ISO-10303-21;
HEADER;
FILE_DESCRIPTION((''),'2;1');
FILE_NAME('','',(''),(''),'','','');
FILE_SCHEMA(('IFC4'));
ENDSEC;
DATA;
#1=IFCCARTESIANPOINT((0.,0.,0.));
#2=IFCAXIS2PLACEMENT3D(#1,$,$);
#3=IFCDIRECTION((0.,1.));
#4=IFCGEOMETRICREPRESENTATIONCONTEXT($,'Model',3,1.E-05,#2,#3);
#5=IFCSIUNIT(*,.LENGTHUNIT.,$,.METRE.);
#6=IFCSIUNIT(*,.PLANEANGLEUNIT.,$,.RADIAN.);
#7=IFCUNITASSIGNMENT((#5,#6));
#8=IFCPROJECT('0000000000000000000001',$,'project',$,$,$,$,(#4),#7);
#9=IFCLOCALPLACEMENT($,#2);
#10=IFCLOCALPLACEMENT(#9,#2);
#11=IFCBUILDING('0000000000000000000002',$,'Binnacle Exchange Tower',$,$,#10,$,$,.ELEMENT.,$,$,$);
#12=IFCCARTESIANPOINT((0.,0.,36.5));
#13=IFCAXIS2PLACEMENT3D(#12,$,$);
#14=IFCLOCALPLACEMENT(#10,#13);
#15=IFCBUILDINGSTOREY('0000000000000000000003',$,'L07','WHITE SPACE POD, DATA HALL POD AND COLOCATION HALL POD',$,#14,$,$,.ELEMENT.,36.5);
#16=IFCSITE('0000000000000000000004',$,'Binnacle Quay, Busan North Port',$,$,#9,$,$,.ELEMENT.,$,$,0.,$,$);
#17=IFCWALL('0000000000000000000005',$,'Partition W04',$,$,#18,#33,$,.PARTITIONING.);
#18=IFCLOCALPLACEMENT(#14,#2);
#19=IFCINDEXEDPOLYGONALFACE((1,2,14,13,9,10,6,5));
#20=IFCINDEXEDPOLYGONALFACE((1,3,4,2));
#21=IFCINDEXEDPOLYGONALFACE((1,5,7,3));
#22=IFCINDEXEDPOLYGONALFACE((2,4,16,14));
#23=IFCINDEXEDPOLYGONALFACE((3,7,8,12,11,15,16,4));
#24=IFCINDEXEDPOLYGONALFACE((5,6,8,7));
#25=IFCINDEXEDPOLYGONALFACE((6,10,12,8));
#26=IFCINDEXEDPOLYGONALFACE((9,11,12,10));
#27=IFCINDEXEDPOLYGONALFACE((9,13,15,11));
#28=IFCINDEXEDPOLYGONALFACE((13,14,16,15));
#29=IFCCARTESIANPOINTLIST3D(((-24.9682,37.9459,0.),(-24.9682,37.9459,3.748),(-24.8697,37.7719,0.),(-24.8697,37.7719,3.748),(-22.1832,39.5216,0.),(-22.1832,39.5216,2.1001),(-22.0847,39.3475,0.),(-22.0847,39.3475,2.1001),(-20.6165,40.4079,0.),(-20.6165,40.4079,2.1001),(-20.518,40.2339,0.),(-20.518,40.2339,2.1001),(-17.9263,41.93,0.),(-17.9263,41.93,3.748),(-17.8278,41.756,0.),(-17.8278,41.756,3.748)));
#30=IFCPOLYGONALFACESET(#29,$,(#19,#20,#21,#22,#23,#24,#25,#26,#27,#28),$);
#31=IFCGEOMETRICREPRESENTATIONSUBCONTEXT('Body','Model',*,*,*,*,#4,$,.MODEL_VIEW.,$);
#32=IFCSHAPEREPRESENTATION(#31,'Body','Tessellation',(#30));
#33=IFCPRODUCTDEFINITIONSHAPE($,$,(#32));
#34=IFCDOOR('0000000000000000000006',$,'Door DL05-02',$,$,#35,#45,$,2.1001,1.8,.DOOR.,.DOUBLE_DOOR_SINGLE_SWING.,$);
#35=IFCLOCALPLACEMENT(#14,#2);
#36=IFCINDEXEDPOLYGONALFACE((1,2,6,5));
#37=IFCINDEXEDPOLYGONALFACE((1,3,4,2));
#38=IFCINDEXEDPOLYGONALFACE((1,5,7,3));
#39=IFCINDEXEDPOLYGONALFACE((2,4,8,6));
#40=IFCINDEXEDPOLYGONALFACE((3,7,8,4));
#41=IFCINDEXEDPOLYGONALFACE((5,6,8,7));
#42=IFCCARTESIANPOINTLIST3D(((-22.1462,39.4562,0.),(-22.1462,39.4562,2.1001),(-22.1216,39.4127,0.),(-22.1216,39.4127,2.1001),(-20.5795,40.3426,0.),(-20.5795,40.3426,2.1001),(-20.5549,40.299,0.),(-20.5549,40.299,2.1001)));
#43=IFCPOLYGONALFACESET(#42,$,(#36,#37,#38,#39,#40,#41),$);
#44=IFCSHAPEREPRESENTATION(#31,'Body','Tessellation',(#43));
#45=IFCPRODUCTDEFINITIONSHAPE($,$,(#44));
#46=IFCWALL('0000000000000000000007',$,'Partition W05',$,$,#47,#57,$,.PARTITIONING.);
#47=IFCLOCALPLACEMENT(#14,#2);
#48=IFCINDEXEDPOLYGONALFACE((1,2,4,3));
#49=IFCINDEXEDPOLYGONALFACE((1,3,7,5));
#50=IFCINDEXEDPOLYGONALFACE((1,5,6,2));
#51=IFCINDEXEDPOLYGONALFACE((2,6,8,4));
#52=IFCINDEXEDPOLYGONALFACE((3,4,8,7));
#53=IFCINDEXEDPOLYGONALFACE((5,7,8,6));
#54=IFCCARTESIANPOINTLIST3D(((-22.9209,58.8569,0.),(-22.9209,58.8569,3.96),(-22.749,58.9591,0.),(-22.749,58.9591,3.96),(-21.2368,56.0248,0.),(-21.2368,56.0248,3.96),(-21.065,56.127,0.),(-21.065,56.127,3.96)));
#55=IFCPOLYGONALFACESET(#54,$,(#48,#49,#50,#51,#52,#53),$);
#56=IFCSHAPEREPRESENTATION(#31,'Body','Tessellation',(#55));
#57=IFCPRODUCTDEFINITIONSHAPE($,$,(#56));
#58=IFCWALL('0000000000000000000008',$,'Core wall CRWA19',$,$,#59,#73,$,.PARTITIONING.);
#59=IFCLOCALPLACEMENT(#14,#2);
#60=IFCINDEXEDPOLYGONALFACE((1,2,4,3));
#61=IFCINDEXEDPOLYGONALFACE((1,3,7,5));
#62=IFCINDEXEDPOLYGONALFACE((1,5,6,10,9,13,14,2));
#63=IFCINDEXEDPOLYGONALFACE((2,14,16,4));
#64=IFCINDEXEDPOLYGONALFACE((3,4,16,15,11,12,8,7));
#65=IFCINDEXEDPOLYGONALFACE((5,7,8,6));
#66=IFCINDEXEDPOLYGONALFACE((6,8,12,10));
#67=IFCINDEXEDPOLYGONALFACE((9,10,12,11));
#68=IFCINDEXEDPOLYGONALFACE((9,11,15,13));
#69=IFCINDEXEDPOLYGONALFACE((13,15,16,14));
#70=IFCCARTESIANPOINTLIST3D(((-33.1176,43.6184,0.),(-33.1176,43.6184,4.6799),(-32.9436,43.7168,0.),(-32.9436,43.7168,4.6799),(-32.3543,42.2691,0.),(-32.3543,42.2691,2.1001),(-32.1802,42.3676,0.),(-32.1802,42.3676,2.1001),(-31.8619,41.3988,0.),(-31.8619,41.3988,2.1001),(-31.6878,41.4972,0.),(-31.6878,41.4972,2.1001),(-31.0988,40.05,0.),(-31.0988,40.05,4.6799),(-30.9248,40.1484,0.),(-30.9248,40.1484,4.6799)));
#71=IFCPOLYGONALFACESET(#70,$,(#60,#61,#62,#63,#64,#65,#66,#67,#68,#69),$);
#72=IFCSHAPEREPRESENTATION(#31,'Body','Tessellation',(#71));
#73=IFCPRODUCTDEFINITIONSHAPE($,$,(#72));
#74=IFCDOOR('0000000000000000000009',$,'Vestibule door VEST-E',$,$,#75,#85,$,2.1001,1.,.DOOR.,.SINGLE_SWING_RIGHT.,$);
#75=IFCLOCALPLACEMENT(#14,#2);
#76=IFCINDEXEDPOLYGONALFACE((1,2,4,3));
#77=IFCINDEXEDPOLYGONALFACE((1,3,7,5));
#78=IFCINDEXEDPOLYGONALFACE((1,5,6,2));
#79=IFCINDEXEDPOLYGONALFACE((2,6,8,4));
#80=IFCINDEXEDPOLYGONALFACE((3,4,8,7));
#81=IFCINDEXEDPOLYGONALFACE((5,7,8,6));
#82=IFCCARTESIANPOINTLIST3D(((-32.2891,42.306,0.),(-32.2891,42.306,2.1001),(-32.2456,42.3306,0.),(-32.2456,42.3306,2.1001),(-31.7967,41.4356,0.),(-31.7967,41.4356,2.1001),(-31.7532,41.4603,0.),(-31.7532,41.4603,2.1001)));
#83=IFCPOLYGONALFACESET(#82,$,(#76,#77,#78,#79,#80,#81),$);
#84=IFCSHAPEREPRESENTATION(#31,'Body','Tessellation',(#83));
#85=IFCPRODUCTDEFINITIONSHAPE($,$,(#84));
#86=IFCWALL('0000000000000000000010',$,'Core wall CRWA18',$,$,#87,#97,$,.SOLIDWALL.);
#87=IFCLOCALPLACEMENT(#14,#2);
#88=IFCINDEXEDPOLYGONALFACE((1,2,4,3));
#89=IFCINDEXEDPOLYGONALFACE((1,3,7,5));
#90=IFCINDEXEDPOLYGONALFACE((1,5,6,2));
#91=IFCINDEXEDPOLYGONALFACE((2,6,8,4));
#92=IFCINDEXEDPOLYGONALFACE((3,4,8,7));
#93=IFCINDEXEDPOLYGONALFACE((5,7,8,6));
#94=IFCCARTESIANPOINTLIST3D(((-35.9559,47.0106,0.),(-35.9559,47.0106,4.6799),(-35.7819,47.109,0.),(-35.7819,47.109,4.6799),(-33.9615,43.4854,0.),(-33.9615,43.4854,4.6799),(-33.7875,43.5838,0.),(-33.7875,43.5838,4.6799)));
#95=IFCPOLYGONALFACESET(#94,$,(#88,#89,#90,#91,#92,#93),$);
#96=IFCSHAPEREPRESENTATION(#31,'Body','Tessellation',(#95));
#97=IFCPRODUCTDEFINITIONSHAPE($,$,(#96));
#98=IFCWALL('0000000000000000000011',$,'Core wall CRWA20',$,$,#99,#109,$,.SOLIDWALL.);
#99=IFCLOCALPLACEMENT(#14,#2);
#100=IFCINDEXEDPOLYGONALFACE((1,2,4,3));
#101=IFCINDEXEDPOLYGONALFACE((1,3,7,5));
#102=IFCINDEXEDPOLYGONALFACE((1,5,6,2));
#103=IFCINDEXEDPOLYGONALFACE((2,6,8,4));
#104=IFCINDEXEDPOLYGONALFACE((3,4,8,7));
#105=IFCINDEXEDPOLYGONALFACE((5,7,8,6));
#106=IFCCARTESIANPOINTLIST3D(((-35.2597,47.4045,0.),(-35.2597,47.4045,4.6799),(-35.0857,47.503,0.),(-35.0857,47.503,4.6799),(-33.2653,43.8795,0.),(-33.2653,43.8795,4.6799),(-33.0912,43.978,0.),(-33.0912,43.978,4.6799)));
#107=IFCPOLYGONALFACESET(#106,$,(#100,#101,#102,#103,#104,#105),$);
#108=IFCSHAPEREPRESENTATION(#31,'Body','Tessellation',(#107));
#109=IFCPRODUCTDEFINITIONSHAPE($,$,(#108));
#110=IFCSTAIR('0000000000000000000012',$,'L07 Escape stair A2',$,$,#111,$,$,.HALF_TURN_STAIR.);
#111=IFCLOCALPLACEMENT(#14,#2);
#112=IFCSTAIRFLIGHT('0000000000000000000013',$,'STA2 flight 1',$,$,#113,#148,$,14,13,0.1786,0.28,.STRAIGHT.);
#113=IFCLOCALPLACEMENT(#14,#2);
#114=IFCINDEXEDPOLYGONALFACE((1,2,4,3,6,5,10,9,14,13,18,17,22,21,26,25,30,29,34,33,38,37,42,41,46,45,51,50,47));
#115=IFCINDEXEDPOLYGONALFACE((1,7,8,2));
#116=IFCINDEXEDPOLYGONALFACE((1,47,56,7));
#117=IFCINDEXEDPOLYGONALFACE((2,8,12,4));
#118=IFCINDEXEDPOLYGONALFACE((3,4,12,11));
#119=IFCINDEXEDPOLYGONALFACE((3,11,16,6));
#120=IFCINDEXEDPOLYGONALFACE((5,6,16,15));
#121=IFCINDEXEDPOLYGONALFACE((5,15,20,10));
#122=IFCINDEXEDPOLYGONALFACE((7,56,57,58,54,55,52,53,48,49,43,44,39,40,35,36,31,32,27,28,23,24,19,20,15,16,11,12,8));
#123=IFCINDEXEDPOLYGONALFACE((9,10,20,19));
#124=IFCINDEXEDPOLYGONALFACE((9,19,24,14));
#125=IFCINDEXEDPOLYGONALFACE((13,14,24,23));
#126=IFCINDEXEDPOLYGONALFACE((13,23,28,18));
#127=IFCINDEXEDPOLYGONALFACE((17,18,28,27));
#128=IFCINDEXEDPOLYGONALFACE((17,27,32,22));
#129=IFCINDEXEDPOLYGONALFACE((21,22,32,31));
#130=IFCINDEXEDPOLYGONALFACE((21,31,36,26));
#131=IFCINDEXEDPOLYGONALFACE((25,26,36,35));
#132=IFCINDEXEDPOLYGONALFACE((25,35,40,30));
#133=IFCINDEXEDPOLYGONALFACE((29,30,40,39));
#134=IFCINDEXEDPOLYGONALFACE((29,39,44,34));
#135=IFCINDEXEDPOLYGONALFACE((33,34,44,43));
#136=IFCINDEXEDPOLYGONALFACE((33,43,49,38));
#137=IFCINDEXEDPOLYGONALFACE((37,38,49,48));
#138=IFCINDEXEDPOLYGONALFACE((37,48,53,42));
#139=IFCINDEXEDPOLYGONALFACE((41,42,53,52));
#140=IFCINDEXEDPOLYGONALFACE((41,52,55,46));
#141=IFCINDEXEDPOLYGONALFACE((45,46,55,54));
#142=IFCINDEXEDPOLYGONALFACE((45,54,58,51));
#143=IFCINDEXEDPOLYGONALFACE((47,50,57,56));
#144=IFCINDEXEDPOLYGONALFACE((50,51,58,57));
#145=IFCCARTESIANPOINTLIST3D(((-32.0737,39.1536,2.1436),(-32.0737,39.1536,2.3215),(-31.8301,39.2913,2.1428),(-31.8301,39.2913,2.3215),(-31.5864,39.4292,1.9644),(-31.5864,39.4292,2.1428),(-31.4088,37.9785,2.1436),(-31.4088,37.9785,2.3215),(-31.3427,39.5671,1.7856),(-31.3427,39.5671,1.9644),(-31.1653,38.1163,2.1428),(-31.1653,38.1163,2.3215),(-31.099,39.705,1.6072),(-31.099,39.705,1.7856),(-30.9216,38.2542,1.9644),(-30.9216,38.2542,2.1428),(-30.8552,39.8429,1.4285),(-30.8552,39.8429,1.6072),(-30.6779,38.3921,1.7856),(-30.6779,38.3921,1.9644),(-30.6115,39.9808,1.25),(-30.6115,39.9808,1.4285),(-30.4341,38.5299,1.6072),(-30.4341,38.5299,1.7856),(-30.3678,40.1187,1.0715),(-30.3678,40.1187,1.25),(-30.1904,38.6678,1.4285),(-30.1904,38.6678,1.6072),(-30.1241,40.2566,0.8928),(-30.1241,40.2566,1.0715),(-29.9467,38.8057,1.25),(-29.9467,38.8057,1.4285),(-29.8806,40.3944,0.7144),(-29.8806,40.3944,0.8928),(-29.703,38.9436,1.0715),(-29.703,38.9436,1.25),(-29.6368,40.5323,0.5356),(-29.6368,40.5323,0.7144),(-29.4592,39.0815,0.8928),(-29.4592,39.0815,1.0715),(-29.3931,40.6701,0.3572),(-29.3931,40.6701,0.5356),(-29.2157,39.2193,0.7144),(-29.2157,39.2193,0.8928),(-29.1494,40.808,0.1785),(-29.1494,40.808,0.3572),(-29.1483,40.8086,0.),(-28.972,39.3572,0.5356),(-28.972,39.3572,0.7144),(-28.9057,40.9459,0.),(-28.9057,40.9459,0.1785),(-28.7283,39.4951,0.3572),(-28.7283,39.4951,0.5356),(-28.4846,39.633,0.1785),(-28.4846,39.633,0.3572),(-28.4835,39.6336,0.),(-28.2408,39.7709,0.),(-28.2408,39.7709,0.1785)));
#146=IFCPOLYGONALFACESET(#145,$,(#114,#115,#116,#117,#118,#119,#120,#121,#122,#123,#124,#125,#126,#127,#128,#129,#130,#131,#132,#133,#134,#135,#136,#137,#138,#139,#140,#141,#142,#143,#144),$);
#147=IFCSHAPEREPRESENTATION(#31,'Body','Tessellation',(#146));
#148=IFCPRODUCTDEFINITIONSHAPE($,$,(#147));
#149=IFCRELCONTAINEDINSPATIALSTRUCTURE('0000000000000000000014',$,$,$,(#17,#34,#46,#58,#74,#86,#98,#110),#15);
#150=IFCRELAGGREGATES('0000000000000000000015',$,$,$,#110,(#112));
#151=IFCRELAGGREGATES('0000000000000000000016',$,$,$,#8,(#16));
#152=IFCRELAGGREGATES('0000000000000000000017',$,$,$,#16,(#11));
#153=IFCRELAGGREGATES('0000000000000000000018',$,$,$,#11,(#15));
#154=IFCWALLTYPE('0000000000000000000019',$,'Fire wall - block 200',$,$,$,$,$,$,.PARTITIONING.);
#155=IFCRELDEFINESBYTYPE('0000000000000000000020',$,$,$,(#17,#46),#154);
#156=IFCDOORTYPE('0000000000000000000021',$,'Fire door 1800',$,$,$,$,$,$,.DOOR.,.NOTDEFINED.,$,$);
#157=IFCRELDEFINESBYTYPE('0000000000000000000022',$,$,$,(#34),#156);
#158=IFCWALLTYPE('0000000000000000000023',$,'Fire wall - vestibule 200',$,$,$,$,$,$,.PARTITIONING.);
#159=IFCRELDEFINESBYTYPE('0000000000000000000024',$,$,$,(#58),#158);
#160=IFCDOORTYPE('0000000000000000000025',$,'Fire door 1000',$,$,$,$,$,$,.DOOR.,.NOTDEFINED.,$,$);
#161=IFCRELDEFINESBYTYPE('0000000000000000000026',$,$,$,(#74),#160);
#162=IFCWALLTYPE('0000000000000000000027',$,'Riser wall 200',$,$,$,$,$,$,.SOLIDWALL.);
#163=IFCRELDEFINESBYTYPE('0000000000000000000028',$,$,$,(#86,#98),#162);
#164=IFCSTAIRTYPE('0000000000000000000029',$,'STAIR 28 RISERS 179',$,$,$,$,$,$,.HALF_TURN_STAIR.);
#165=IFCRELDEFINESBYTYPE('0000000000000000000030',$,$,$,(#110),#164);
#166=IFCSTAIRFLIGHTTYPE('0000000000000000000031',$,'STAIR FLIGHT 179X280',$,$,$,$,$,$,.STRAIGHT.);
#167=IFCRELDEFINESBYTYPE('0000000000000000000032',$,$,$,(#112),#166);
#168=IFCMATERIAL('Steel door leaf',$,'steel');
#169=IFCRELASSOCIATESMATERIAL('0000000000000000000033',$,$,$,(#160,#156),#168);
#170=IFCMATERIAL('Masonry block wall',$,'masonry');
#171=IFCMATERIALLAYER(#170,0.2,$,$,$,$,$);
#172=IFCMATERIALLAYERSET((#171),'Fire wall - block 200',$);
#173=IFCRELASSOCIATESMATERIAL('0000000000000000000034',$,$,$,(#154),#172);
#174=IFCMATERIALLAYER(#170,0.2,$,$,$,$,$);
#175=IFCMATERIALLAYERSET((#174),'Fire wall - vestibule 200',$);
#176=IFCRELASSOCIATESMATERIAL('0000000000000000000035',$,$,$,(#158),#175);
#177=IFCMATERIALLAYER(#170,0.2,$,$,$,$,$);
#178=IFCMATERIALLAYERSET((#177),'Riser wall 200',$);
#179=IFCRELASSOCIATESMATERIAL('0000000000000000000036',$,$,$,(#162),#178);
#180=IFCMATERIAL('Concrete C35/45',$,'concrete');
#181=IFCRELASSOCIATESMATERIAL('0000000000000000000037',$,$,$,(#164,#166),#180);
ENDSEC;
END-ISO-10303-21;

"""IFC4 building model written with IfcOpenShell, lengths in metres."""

from ifc_helpers import new_model, si_unit, direction, frame, frame_2d, origin, place, context, subcontext, project, spatial, polyline, rectangle, outline, extrude, material, layer, layer_set, type_object, element, fill, aggregate, save


model = new_model("IFC4")

# Units and contexts
model_context = context("Model", 3, precision=1e-05, world=origin(), true_north=direction((0.0, 1.0)))
body_context = subcontext(model_context, "Body", "Model", "MODEL_VIEW")
ifc_project = project(units=[si_unit("LENGTHUNIT", "METRE"), si_unit("PLANEANGLEUNIT", "RADIAN")], contexts=[model_context])

# Site, building, storey
site_placement = place(None, origin())
site = spatial("IfcSite", under=ifc_project, at=site_placement, Name="Binnacle Quay, Busan North Port", CompositionType="ELEMENT", RefElevation=0.0)
building_placement = place(site_placement, origin())
building = spatial("IfcBuilding", under=site, at=building_placement, Name="Binnacle Exchange Tower", CompositionType="ELEMENT")
storey_placement = place(building_placement, frame((0.0, 0.0, 36.5)))
storey = spatial("IfcBuildingStorey", under=building, at=storey_placement, Name="L07", Description="WHITE SPACE POD, DATA HALL POD AND COLOCATION HALL POD", CompositionType="ELEMENT", Elevation=36.5)

# Shared definitions
ifc_material_1 = material(Name="Steel door leaf", Category="steel")
door_type_1 = type_object("IfcDoorType", Name="Fire door 1000", OperationType="NOTDEFINED", PredefinedType="DOOR", material=ifc_material_1)

# Wall, opening, door
ifc_material_2 = material(Name="Masonry block wall", Category="masonry")
ifc_layer_1 = layer(ifc_material_2, 0.2)
ifc_layer_set_1 = layer_set([ifc_layer_1], Name="Fire wall - block 200")
wall_type_1 = type_object("IfcWallType", Name="Fire wall - block 200", PredefinedType="PARTITIONING", material=ifc_layer_set_1)
wall_1_placement = place(storey_placement, frame((-24.9189, 37.8589, 0.0), z_axis=(0.0, 0.0, 1.0), x_axis=(0.870358, 0.49242, 0.0)))
wall_1 = element("IfcWall", 1, at=wall_1_placement, inside=storey, type_object=wall_type_1, Name="Partition W04", PredefinedType="PARTITIONING", context=body_context, shape_type="SweptSolid", body=[
    extrude(rectangle(XDim=8.0908, YDim=0.2, at=frame_2d((4.0454, 0.0))), origin(), (0.0, 0.0, 1.0), 3.748),
])
opening_1_placement = place(wall_1_placement, frame((3.2, 0.0, 0.0)))
opening_1 = element("IfcOpeningElement", 2, at=opening_1_placement, cuts=wall_1, PredefinedType="OPENING", context=body_context, shape_type="SweptSolid", body=[
    extrude(rectangle(XDim=1.8, YDim=2.1001, at=frame_2d((0.8999, 1.05))), frame((0.0, 0.1099, 0.0), z_axis=(0.0, -1.0, 0.0), x_axis=(1.0, 0.0, 0.0)), (0.0, 0.0, 1.0), 0.22),
])
door_type_2 = type_object("IfcDoorType", Name="Fire door 1800", OperationType="NOTDEFINED", PredefinedType="DOOR", material=ifc_material_1)
door_1_placement = place(opening_1_placement, origin())
door_1 = element("IfcDoor", 3, at=door_1_placement, inside=storey, type_object=door_type_2, Name="Door DL05-02", OperationType="DOUBLE_DOOR_SINGLE_SWING", OverallHeight=2.1001, OverallWidth=1.8, PredefinedType="DOOR", context=body_context, shape_type="SweptSolid", body=[
    extrude(rectangle(XDim=1.8, YDim=2.1001, at=frame_2d((0.8999, 1.05))), frame((0.0, 0.0249, 0.0), z_axis=(0.0, -1.0, 0.0), x_axis=(1.0, 0.0, 0.0)), (0.0, 0.0, 1.0), 0.05),
])
fill(opening_1, door_1)

# Wall
wall_2_placement = place(storey_placement, frame((-22.835, 58.908, 0.0), z_axis=(0.0, 0.0, 1.0), x_axis=(0.511114, -0.859513, 0.0)))
element("IfcWall", 4, at=wall_2_placement, inside=storey, type_object=wall_type_1, Name="Partition W05", PredefinedType="PARTITIONING", context=body_context, shape_type="SweptSolid", body=[
    extrude(rectangle(XDim=3.2949, YDim=0.2, at=frame_2d((1.6475, 0.0))), origin(), (0.0, 0.0, 1.0), 3.96),
])

# Wall, opening, door
ifc_layer_2 = layer(ifc_material_2, 0.2)
ifc_layer_set_2 = layer_set([ifc_layer_2], Name="Fire wall - vestibule 200")
wall_type_2 = type_object("IfcWallType", Name="Fire wall - vestibule 200", PredefinedType="PARTITIONING", material=ifc_layer_set_2)
wall_3_placement = place(storey_placement, frame((-33.0305, 43.6675, 0.0), z_axis=(0.0, 0.0, 1.0), x_axis=(0.492408, -0.870364, 0.0)))
wall_3 = element("IfcWall", 5, at=wall_3_placement, inside=storey, type_object=wall_type_2, Name="Core wall CRWA19", PredefinedType="PARTITIONING", context=body_context, shape_type="SweptSolid", body=[
    extrude(rectangle(XDim=4.0999, YDim=0.2, at=frame_2d((2.0498, 0.0))), origin(), (0.0, 0.0, 1.0), 4.6799),
])
opening_2_placement = place(wall_3_placement, frame((1.55, 0.0, 0.0)))
opening_2 = element("IfcOpeningElement", 6, at=opening_2_placement, cuts=wall_3, PredefinedType="OPENING", context=body_context, shape_type="SweptSolid", body=[
    extrude(rectangle(XDim=1.0, YDim=2.1001, at=frame_2d((0.5, 1.05))), frame((0.0, 0.1099, 0.0), z_axis=(0.0, -1.0, 0.0), x_axis=(1.0, 0.0, 0.0)), (0.0, 0.0, 1.0), 0.22),
])
door_2_placement = place(opening_2_placement, origin())
door_2 = element("IfcDoor", 7, at=door_2_placement, inside=storey, type_object=door_type_1, Name="Vestibule door VEST-E", OperationType="SINGLE_SWING_RIGHT", OverallHeight=2.1001, OverallWidth=1.0, PredefinedType="DOOR", context=body_context, shape_type="SweptSolid", body=[
    extrude(rectangle(XDim=1.0, YDim=2.1001, at=frame_2d((0.5, 1.05))), frame((0.0, 0.0249, 0.0), z_axis=(0.0, -1.0, 0.0), x_axis=(1.0, 0.0, 0.0)), (0.0, 0.0, 1.0), 0.05),
])
fill(opening_2, door_2)

# Walls
ifc_layer_3 = layer(ifc_material_2, 0.2)
ifc_layer_set_3 = layer_set([ifc_layer_3], Name="Riser wall 200")
wall_type_3 = type_object("IfcWallType", Name="Riser wall 200", PredefinedType="SOLIDWALL", material=ifc_layer_set_3)
wall_4_placement = place(storey_placement, frame((-35.8689, 47.0598, 0.0), z_axis=(0.0, 0.0, 1.0), x_axis=(0.492415, -0.870361, 0.0)))
element("IfcWall", 8, at=wall_4_placement, inside=storey, type_object=wall_type_3, Name="Core wall CRWA18", PredefinedType="SOLIDWALL", context=body_context, shape_type="SweptSolid", body=[
    extrude(rectangle(XDim=4.0503, YDim=0.2, at=frame_2d((2.0251, 0.0))), origin(), (0.0, 0.0, 1.0), 4.6799),
])
wall_5_placement = place(storey_placement, frame((-35.1726, 47.4536, 0.0), z_axis=(0.0, 0.0, 1.0), x_axis=(0.492441, -0.870346, 0.0)))
element("IfcWall", 9, at=wall_5_placement, inside=storey, type_object=wall_type_3, Name="Core wall CRWA20", PredefinedType="SOLIDWALL", context=body_context, shape_type="SweptSolid", body=[
    extrude(rectangle(XDim=4.05, YDim=0.2, at=frame_2d((2.0249, 0.0))), origin(), (0.0, 0.0, 1.0), 4.6799),
])

# Stair, stair flight
ifc_material_3 = material(Name="Concrete C35/45", Category="concrete")
stair_type = type_object("IfcStairType", Name="STAIR 28 RISERS 179", PredefinedType="HALF_TURN_STAIR", material=ifc_material_3)
stair_placement = place(storey_placement, origin())
stair = element("IfcStair", 10, at=stair_placement, inside=storey, type_object=stair_type, Name="L07 Escape stair A2", PredefinedType="HALF_TURN_STAIR")
stair_flight_type = type_object("IfcStairFlightType", Name="STAIR FLIGHT 179X280", PredefinedType="STRAIGHT", material=ifc_material_3)
stair_flight_placement = place(storey_placement, frame((-28.5732, 40.3584, 0.0), z_axis=(0.0, 0.0, 1.0), x_axis=(-0.870356, -0.492424, 0.0)))
stair_flight = element("IfcStairFlight", 11, at=stair_flight_placement, type_object=stair_flight_type, Name="STA2 flight 1", NumberOfRisers=14, NumberOfTreads=13, PredefinedType="STRAIGHT", RiserHeight=0.1786, TreadLength=0.28, context=body_context, shape_type="SweptSolid", body=[
    extrude(outline(polyline([(0.0, 0.0), (0.0, 0.1785), (0.28, 0.1785), (0.28, 0.3572), (0.5601, 0.3572), (0.5601, 0.5356), (0.8401, 0.5356), (0.8401, 0.7144), (1.1201, 0.7144), (1.1201, 0.8928), (1.3999, 0.8928), (1.3999, 1.0715), (1.6799, 1.0715), (1.6799, 1.25), (1.96, 1.25), (1.96, 1.4285), (2.24, 1.4285), (2.24, 1.6072), (2.52, 1.6072), (2.52, 1.7856), (2.8, 1.7856), (2.8, 1.9644), (3.0801, 1.9644), (3.0801, 2.1428), (3.3601, 2.1428), (3.3601, 2.3215), (3.6399, 2.3215), (3.6399, 2.5), (3.6399, 2.1436), (0.2788, 0.0), (0.0, 0.0)])), frame((0.0, 0.675, 0.0), z_axis=(0.0, -1.0, 0.0), x_axis=(1.0, 0.0, 0.0)), (0.0, 0.0, 1.0), 1.3501),
])
aggregate(stair, [stair_flight])

save(model, "model.ifc")
